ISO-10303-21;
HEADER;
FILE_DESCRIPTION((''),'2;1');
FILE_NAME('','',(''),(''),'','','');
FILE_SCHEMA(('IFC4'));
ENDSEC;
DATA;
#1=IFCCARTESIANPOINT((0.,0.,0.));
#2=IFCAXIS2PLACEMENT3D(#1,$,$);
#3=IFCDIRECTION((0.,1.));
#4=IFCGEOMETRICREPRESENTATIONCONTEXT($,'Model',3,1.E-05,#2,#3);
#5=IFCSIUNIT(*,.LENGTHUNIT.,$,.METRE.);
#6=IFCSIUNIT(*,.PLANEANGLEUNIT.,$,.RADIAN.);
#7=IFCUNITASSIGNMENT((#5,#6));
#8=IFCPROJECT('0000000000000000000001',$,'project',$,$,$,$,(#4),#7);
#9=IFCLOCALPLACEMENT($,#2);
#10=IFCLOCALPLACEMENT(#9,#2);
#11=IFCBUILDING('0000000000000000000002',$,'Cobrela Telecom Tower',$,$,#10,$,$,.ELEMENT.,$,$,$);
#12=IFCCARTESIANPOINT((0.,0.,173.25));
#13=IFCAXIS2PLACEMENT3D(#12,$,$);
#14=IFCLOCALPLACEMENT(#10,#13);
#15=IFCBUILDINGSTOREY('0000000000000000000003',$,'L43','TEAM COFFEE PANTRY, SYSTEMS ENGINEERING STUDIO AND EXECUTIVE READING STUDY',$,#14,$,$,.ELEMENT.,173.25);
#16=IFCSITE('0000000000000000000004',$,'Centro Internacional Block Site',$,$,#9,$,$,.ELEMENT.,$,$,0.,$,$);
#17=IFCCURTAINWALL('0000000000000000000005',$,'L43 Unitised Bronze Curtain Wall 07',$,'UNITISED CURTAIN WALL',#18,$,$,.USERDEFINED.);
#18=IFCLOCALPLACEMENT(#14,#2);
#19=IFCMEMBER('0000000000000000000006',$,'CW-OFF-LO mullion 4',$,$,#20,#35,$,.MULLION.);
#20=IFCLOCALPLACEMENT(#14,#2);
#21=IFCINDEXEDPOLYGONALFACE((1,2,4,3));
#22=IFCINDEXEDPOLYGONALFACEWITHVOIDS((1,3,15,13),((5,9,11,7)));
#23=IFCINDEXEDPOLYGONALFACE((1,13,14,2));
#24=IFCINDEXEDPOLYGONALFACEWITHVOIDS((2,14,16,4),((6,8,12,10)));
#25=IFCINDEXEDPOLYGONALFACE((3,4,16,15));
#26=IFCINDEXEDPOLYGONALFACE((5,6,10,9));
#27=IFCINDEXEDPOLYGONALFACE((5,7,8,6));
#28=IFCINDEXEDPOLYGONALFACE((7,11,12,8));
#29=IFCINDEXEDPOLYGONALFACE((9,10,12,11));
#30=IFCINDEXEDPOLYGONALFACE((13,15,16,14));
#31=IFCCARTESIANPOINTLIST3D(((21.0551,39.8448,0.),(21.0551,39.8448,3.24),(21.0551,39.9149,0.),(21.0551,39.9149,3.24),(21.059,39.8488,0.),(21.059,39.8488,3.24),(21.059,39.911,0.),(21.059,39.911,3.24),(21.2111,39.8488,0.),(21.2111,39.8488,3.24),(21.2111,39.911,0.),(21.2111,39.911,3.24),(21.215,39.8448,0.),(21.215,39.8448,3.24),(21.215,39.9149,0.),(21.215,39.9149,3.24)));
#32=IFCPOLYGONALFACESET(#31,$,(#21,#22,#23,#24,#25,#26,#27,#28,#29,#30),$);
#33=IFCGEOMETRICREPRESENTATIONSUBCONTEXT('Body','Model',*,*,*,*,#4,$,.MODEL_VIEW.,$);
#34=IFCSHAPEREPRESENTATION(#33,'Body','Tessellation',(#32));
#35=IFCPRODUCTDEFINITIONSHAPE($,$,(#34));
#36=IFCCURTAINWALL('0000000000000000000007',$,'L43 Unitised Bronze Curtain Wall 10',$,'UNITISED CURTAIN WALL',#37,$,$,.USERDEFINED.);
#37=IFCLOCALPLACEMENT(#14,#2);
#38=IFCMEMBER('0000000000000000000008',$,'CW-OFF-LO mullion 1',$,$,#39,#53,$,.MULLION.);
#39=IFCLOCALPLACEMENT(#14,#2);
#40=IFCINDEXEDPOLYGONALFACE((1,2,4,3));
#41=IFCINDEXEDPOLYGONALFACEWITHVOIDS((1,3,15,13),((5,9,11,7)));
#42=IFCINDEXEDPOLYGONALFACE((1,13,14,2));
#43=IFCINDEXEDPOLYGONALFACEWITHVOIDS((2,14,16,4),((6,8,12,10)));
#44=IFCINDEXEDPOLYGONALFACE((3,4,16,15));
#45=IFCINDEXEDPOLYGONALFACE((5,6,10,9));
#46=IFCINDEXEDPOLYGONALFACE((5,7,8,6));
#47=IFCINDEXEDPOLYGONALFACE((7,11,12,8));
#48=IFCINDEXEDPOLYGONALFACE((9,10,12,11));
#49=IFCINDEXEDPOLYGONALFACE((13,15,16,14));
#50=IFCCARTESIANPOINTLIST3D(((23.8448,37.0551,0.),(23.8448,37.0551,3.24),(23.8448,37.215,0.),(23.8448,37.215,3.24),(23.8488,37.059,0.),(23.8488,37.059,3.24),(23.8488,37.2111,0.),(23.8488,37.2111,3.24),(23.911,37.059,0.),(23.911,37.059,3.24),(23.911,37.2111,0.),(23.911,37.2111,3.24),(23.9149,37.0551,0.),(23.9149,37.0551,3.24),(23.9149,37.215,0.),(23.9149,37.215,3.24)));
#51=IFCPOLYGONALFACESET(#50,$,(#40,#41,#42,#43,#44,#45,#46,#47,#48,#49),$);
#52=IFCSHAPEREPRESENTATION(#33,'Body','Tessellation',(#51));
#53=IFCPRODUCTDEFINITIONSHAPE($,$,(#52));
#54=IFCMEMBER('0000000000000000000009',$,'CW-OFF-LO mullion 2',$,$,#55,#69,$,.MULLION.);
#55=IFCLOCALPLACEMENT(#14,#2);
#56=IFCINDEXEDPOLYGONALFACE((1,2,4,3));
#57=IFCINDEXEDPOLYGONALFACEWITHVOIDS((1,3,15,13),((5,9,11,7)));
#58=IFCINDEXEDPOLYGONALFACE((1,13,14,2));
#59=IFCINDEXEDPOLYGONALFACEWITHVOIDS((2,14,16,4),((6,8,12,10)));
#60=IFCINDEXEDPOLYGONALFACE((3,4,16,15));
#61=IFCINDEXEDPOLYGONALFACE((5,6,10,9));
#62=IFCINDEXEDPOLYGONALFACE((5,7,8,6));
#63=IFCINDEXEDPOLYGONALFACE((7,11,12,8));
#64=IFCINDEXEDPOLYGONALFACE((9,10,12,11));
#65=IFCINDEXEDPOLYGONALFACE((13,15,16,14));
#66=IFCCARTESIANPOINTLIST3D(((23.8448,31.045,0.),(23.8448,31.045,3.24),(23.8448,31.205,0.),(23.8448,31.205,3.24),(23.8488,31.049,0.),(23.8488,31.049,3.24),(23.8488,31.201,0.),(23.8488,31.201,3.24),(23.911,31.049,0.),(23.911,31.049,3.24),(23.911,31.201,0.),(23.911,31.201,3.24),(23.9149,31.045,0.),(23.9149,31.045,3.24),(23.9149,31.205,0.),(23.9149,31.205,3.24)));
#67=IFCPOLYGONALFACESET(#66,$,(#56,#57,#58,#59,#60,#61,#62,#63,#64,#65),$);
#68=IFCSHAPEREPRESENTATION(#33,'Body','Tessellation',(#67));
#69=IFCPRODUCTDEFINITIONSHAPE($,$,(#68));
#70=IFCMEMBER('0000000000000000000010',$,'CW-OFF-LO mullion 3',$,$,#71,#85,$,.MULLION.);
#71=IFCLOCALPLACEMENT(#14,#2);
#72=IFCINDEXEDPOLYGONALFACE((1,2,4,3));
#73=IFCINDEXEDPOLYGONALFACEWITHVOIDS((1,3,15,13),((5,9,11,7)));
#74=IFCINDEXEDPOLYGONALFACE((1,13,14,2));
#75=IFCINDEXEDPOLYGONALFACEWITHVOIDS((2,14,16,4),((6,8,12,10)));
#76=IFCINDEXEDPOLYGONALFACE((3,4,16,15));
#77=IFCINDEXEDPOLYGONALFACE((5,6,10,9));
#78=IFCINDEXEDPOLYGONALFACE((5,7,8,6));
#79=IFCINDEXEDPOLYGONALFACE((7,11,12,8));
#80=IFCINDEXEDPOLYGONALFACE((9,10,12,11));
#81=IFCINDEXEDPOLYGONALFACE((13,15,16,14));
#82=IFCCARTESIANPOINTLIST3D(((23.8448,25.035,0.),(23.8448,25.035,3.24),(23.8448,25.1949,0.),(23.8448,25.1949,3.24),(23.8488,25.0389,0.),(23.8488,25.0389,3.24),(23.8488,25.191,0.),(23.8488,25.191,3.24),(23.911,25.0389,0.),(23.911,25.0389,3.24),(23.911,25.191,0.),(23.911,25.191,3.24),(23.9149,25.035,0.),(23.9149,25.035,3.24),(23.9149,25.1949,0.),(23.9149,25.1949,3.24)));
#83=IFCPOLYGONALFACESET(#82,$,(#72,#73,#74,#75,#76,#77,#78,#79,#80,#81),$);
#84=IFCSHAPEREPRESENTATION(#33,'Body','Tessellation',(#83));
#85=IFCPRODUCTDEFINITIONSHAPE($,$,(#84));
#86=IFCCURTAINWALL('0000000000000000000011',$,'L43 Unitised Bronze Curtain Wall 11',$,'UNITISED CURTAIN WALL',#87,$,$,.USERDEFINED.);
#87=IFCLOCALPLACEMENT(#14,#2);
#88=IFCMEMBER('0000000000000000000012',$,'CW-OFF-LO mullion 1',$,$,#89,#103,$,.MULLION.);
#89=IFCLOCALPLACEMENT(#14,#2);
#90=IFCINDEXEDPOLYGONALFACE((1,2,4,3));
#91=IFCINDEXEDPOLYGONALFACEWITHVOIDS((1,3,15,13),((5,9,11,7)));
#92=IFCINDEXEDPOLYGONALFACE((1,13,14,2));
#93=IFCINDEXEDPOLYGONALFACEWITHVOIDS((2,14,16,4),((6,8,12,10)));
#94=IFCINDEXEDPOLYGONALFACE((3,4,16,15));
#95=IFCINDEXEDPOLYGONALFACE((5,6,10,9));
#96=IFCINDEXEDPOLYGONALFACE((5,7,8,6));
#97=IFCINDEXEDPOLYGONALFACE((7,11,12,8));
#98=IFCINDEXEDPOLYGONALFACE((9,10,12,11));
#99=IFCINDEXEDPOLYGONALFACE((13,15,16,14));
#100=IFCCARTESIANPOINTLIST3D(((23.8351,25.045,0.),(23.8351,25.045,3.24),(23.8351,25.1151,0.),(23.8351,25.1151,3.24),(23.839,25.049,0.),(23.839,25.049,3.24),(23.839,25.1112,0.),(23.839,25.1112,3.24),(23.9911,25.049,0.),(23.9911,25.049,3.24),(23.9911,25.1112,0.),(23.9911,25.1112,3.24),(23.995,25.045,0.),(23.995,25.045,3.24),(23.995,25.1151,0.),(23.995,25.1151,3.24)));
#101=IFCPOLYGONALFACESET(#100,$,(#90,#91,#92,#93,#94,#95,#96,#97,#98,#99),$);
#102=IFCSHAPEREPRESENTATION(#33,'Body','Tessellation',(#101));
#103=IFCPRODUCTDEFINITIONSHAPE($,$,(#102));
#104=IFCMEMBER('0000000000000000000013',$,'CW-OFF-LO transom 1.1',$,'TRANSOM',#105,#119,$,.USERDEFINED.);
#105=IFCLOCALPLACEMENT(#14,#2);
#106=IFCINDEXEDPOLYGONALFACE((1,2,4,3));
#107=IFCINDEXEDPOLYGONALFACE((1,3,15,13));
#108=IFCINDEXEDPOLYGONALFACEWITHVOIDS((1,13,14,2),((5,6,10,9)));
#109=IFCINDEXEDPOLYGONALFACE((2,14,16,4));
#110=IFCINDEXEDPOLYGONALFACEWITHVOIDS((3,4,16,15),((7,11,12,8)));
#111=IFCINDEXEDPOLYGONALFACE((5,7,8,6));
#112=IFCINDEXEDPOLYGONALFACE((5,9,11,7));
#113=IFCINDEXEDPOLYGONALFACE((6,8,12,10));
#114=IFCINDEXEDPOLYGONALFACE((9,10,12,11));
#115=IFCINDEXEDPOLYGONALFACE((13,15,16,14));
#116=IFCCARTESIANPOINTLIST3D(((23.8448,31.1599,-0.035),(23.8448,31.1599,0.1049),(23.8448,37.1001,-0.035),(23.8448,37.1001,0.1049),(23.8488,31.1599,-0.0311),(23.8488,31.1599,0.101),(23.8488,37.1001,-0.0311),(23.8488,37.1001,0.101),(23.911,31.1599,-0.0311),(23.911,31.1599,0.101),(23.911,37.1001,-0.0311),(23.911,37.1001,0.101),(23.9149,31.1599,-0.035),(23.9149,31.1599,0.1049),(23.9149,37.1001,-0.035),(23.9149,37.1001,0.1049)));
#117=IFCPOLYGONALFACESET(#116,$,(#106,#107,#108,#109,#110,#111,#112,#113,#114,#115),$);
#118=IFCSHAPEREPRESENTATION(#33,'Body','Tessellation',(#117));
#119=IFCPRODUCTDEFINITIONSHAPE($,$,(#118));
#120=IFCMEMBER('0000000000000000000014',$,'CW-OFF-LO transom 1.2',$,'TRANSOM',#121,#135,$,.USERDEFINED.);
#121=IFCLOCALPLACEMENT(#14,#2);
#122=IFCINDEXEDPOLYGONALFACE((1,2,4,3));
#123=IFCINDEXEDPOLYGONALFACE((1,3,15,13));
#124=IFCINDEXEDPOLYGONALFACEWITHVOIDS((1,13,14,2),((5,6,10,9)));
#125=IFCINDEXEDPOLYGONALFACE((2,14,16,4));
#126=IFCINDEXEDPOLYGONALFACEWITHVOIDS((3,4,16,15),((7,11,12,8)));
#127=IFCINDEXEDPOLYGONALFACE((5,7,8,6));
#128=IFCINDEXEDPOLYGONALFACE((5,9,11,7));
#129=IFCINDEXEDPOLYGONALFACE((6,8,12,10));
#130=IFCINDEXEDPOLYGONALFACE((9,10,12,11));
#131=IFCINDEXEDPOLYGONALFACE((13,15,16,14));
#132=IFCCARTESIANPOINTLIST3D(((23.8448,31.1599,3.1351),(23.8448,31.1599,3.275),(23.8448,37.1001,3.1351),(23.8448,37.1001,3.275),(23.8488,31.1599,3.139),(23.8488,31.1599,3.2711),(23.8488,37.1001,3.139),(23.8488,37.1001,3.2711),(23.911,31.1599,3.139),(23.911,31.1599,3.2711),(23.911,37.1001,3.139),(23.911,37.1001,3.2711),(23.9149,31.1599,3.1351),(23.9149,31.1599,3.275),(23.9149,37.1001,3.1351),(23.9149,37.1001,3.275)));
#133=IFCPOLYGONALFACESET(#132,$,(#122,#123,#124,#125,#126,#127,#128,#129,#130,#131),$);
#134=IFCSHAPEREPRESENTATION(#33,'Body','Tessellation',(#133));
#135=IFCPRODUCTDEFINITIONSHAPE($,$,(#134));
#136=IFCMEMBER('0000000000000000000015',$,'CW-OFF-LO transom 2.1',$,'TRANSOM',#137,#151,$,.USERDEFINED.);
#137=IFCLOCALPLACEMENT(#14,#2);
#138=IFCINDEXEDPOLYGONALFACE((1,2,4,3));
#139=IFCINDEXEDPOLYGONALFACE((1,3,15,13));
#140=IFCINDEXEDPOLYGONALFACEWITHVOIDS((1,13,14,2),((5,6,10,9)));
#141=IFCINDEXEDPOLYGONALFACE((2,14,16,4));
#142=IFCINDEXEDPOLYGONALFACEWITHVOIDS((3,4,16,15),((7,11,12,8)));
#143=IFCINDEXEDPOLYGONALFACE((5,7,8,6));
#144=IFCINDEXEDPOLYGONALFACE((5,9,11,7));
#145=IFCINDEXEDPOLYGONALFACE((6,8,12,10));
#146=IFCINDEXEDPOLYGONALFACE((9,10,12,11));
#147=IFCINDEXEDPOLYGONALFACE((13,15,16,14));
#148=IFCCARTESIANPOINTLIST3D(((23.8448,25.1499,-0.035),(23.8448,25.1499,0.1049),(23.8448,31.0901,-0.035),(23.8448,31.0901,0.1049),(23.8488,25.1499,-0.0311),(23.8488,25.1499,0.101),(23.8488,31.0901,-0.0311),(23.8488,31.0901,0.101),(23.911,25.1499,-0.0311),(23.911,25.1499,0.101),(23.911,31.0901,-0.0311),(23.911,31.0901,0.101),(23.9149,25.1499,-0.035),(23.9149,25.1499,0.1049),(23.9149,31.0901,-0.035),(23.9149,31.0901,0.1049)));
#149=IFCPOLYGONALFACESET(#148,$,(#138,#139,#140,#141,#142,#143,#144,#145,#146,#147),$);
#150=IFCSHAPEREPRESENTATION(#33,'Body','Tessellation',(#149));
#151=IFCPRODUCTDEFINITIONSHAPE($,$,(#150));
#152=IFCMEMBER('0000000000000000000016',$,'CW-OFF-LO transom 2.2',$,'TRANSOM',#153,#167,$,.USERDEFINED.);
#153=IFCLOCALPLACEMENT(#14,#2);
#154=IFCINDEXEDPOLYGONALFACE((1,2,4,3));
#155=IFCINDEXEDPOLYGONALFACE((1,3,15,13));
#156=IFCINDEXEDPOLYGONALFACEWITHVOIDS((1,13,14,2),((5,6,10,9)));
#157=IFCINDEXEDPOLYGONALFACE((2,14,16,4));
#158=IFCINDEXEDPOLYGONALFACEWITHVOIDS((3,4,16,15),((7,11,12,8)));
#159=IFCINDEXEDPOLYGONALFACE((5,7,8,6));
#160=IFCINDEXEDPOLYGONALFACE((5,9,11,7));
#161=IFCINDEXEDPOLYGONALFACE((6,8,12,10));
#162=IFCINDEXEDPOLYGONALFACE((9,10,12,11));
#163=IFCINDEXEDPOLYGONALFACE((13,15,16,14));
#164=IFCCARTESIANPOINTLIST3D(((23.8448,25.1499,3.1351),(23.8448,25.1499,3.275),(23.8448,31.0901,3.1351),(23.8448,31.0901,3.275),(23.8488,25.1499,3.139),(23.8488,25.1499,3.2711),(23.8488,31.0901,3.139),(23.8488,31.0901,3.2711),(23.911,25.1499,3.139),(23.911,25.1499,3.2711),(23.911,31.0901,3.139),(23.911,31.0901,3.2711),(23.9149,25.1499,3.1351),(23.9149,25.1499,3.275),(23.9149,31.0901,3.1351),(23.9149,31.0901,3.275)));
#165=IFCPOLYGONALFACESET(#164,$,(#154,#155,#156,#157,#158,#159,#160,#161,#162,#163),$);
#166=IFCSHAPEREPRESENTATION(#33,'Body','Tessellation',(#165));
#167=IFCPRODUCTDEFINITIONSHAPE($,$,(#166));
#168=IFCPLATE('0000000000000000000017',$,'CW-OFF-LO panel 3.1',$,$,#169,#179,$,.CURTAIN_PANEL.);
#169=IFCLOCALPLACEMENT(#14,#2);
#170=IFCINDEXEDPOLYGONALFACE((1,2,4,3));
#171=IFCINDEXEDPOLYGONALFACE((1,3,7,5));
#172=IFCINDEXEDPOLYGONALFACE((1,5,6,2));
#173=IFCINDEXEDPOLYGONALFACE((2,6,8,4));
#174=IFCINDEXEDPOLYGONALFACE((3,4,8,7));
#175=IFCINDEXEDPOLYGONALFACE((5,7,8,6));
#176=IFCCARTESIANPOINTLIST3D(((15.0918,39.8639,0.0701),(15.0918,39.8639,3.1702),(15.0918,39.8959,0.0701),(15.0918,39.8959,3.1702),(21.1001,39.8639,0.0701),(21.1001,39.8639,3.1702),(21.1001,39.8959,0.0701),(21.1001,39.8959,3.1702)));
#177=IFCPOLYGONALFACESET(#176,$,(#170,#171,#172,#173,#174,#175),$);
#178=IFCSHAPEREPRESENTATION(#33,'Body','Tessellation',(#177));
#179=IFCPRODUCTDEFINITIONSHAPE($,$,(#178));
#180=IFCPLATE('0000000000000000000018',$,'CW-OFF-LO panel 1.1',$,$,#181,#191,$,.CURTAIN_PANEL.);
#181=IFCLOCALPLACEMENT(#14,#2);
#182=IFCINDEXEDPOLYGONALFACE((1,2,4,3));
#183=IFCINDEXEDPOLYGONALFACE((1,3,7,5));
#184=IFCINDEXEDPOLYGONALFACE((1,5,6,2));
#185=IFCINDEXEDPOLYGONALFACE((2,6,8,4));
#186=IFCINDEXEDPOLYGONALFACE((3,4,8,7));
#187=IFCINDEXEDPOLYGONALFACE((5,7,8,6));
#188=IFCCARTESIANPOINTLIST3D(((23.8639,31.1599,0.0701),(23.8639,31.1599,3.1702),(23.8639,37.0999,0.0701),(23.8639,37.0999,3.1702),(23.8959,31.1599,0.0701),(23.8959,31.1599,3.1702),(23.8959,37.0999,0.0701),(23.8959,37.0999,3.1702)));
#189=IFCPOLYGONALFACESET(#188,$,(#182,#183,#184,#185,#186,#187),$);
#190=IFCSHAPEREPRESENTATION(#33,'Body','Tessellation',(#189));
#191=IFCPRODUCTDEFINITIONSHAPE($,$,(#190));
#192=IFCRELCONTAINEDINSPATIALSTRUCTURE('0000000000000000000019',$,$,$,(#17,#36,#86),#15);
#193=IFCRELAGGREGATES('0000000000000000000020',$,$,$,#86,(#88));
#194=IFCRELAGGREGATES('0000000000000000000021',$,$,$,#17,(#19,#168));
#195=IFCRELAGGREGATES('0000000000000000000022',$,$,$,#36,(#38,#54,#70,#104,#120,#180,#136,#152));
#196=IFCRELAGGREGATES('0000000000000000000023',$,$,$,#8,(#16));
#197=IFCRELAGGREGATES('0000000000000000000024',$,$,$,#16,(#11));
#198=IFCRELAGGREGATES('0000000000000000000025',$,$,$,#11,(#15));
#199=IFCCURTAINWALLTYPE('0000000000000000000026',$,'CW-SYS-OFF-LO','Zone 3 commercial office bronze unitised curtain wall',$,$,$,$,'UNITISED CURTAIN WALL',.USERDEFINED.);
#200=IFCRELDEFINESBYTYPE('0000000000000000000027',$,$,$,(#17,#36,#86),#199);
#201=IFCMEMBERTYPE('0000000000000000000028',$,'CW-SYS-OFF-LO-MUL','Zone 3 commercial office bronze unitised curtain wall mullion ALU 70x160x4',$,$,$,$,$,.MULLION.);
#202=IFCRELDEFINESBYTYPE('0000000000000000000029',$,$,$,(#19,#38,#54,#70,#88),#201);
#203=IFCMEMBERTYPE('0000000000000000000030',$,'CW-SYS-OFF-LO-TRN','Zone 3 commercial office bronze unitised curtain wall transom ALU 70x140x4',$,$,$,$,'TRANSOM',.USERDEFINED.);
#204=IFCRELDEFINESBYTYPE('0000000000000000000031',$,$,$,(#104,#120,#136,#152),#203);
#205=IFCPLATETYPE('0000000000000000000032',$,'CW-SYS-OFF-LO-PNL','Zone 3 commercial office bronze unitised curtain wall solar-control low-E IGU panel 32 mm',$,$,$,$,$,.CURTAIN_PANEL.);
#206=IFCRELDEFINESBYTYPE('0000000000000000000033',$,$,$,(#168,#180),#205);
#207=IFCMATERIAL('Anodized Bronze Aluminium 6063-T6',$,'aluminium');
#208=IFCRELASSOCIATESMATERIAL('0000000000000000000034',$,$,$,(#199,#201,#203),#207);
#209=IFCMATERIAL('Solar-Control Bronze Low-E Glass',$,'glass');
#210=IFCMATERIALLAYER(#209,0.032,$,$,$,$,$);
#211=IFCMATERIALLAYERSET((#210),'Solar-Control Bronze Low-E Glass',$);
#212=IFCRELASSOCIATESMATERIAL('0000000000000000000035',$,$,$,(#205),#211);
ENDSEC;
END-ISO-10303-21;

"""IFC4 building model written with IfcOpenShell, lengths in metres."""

from ifc_helpers import new_model, si_unit, direction, frame, origin, origin_2d, place, context, subcontext, project, spatial, rectangle, hollow_rectangle, extrude, material, layer, layer_set, material_profile, profile_set, type_object, element, aggregate, save


model = new_model("IFC4")

# Units and contexts
model_context = context("Model", 3, precision=1e-05, world=origin(), true_north=direction((0.0, 1.0)))
body_context = subcontext(model_context, "Body", "Model", "MODEL_VIEW")
ifc_project = project(units=[si_unit("LENGTHUNIT", "METRE"), si_unit("PLANEANGLEUNIT", "RADIAN")], contexts=[model_context])

# Site, building, storey
site_placement = place(None, origin())
site = spatial("IfcSite", under=ifc_project, at=site_placement, Name="Centro Internacional Block Site", CompositionType="ELEMENT", RefElevation=0.0)
building_placement = place(site_placement, origin())
building = spatial("IfcBuilding", under=site, at=building_placement, Name="Cobrela Telecom Tower", CompositionType="ELEMENT")
storey_placement = place(building_placement, frame((0.0, 0.0, 173.25)))
storey = spatial("IfcBuildingStorey", under=building, at=storey_placement, Name="L43", Description="TEAM COFFEE PANTRY, SYSTEMS ENGINEERING STUDIO AND EXECUTIVE READING STUDY", CompositionType="ELEMENT", Elevation=173.25)

# Curtain wall, member
ifc_material_1 = material(Name="Anodized Bronze Aluminium 6063-T6", Category="aluminium")
curtain_wall_type = type_object("IfcCurtainWallType", Name="CW-SYS-OFF-LO", Description="Zone 3 commercial office bronze unitised curtain wall", ElementType="UNITISED CURTAIN WALL", PredefinedType="USERDEFINED", material=ifc_material_1)
curtain_wall_1_placement = place(storey_placement, origin())
curtain_wall_1 = element("IfcCurtainWall", 1, at=curtain_wall_1_placement, inside=storey, type_object=curtain_wall_type, Name="L43 Unitised Bronze Curtain Wall 07", ObjectType="UNITISED CURTAIN WALL", PredefinedType="USERDEFINED")
ifc_material_profile_1 = material_profile(ifc_material_1, hollow_rectangle(XDim=0.0701, YDim=0.1599, WallThickness=0.0039, at=origin_2d()), Name="ALU 70x160x4")
ifc_profile_set_1 = profile_set([ifc_material_profile_1], Name="Anodized Bronze Aluminium 6063-T6")
member_type_1 = type_object("IfcMemberType", Name="CW-SYS-OFF-LO-MUL", Description="Zone 3 commercial office bronze unitised curtain wall mullion ALU 70x160x4", PredefinedType="MULLION", material=ifc_profile_set_1)
member_1_placement = place(storey_placement, frame((21.135, 39.8799, 0.0), z_axis=(0.0, 0.0, 1.0), x_axis=(0.0, 1.0, 0.0)))
member_1 = element("IfcMember", 2, at=member_1_placement, type_object=member_type_1, Name="CW-OFF-LO mullion 4", PredefinedType="MULLION", context=body_context, shape_type="SweptSolid", body=[
    extrude(hollow_rectangle(XDim=0.0701, YDim=0.1599, WallThickness=0.0039, at=origin_2d()), origin(), (0.0, 0.0, 1.0), 3.24),
])

# Curtain wall, members
curtain_wall_2_placement = place(storey_placement, origin())
curtain_wall_2 = element("IfcCurtainWall", 3, at=curtain_wall_2_placement, inside=storey, type_object=curtain_wall_type, Name="L43 Unitised Bronze Curtain Wall 10", ObjectType="UNITISED CURTAIN WALL", PredefinedType="USERDEFINED")
member_2_placement = place(storey_placement, frame((23.8799, 37.135, 0.0), z_axis=(0.0, 0.0, 1.0), x_axis=(1.0, 0.0, 0.0)))
member_2 = element("IfcMember", 4, at=member_2_placement, type_object=member_type_1, Name="CW-OFF-LO mullion 1", PredefinedType="MULLION", context=body_context, shape_type="SweptSolid", body=[
    extrude(hollow_rectangle(XDim=0.0701, YDim=0.1599, WallThickness=0.0039, at=origin_2d()), origin(), (0.0, 0.0, 1.0), 3.24),
])
member_3_placement = place(storey_placement, frame((23.8799, 31.125, 0.0), z_axis=(0.0, 0.0, 1.0), x_axis=(1.0, 0.0, 0.0)))
member_3 = element("IfcMember", 5, at=member_3_placement, type_object=member_type_1, Name="CW-OFF-LO mullion 2", PredefinedType="MULLION", context=body_context, shape_type="SweptSolid", body=[
    extrude(hollow_rectangle(XDim=0.0701, YDim=0.1599, WallThickness=0.0039, at=origin_2d()), origin(), (0.0, 0.0, 1.0), 3.24),
])
member_4_placement = place(storey_placement, frame((23.8799, 25.115, 0.0), z_axis=(0.0, 0.0, 1.0), x_axis=(1.0, 0.0, 0.0)))
member_4 = element("IfcMember", 6, at=member_4_placement, type_object=member_type_1, Name="CW-OFF-LO mullion 3", PredefinedType="MULLION", context=body_context, shape_type="SweptSolid", body=[
    extrude(hollow_rectangle(XDim=0.0701, YDim=0.1599, WallThickness=0.0039, at=origin_2d()), origin(), (0.0, 0.0, 1.0), 3.24),
])

# Curtain wall, member
curtain_wall_3_placement = place(storey_placement, origin())
curtain_wall_3 = element("IfcCurtainWall", 7, at=curtain_wall_3_placement, inside=storey, type_object=curtain_wall_type, Name="L43 Unitised Bronze Curtain Wall 11", ObjectType="UNITISED CURTAIN WALL", PredefinedType="USERDEFINED")
member_5_placement = place(storey_placement, frame((23.915, 25.0801, 0.0), z_axis=(0.0, 0.0, 1.0), x_axis=(0.0, 1.0, 0.0)))
member_5 = element("IfcMember", 8, at=member_5_placement, type_object=member_type_1, Name="CW-OFF-LO mullion 1", PredefinedType="MULLION", context=body_context, shape_type="SweptSolid", body=[
    extrude(hollow_rectangle(XDim=0.0701, YDim=0.1599, WallThickness=0.0039, at=origin_2d()), origin(), (0.0, 0.0, 1.0), 3.24),
])
aggregate(curtain_wall_3, [member_5])

# Members
ifc_material_profile_2 = material_profile(ifc_material_1, hollow_rectangle(XDim=0.0701, YDim=0.1399, WallThickness=0.0039, at=origin_2d()), Name="ALU 70x140x4")
ifc_profile_set_2 = profile_set([ifc_material_profile_2], Name="Anodized Bronze Aluminium 6063-T6")
member_type_2 = type_object("IfcMemberType", Name="CW-SYS-OFF-LO-TRN", Description="Zone 3 commercial office bronze unitised curtain wall transom ALU 70x140x4", ElementType="TRANSOM", PredefinedType="USERDEFINED", material=ifc_profile_set_2)
member_6_placement = place(storey_placement, frame((23.8799, 37.1001, 0.0349), z_axis=(0.0, -1.0, 0.0), x_axis=(1.0, 0.0, 0.0)))
member_6 = element("IfcMember", 9, at=member_6_placement, type_object=member_type_2, Name="CW-OFF-LO transom 1.1", ObjectType="TRANSOM", PredefinedType="USERDEFINED", context=body_context, shape_type="SweptSolid", body=[
    extrude(hollow_rectangle(XDim=0.0701, YDim=0.1399, WallThickness=0.0039, at=origin_2d()), origin(), (0.0, 0.0, 1.0), 5.9402),
])
member_7_placement = place(storey_placement, frame((23.8799, 37.1001, 3.2051), z_axis=(0.0, -1.0, 0.0), x_axis=(1.0, 0.0, 0.0)))
member_7 = element("IfcMember", 10, at=member_7_placement, type_object=member_type_2, Name="CW-OFF-LO transom 1.2", ObjectType="TRANSOM", PredefinedType="USERDEFINED", context=body_context, shape_type="SweptSolid", body=[
    extrude(hollow_rectangle(XDim=0.0701, YDim=0.1399, WallThickness=0.0039, at=origin_2d()), origin(), (0.0, 0.0, 1.0), 5.9402),
])
member_8_placement = place(storey_placement, frame((23.8799, 31.0901, 0.0349), z_axis=(0.0, -1.0, 0.0), x_axis=(1.0, 0.0, 0.0)))
member_8 = element("IfcMember", 11, at=member_8_placement, type_object=member_type_2, Name="CW-OFF-LO transom 2.1", ObjectType="TRANSOM", PredefinedType="USERDEFINED", context=body_context, shape_type="SweptSolid", body=[
    extrude(hollow_rectangle(XDim=0.0701, YDim=0.1399, WallThickness=0.0039, at=origin_2d()), origin(), (0.0, 0.0, 1.0), 5.9402),
])
member_9_placement = place(storey_placement, frame((23.8799, 31.0901, 3.2051), z_axis=(0.0, -1.0, 0.0), x_axis=(1.0, 0.0, 0.0)))
member_9 = element("IfcMember", 12, at=member_9_placement, type_object=member_type_2, Name="CW-OFF-LO transom 2.2", ObjectType="TRANSOM", PredefinedType="USERDEFINED", context=body_context, shape_type="SweptSolid", body=[
    extrude(hollow_rectangle(XDim=0.0701, YDim=0.1399, WallThickness=0.0039, at=origin_2d()), origin(), (0.0, 0.0, 1.0), 5.9402),
])

# Plates
ifc_material_2 = material(Name="Solar-Control Bronze Low-E Glass", Category="glass")
ifc_layer_1 = layer(ifc_material_2, 0.032)
ifc_layer_set_1 = layer_set([ifc_layer_1], Name="Solar-Control Bronze Low-E Glass")
plate_type = type_object("IfcPlateType", Name="CW-SYS-OFF-LO-PNL", Description="Zone 3 commercial office bronze unitised curtain wall solar-control low-E IGU panel 32 mm", PredefinedType="CURTAIN_PANEL", material=ifc_layer_set_1)
plate_1_placement = place(storey_placement, frame((18.0959, 39.8799, 0.0701), z_axis=(0.0, 0.0, 1.0), x_axis=(1.0, 0.0, 0.0)))
plate_1 = element("IfcPlate", 13, at=plate_1_placement, type_object=plate_type, Name="CW-OFF-LO panel 3.1", PredefinedType="CURTAIN_PANEL", context=body_context, shape_type="SweptSolid", body=[
    extrude(rectangle(XDim=6.0083, YDim=0.032, at=origin_2d()), origin(), (0.0, 0.0, 1.0), 3.1001),
])
aggregate(curtain_wall_1, [member_1, plate_1])
plate_2_placement = place(storey_placement, frame((23.8799, 34.1299, 0.0701), z_axis=(0.0, 0.0, 1.0), x_axis=(0.0, -1.0, 0.0)))
plate_2 = element("IfcPlate", 14, at=plate_2_placement, type_object=plate_type, Name="CW-OFF-LO panel 1.1", PredefinedType="CURTAIN_PANEL", context=body_context, shape_type="SweptSolid", body=[
    extrude(rectangle(XDim=5.9399, YDim=0.032, at=origin_2d()), origin(), (0.0, 0.0, 1.0), 3.1001),
])
aggregate(curtain_wall_2, [member_2, member_3, member_4, member_6, member_7, plate_2, member_8, member_9])

save(model, "model.ifc")
